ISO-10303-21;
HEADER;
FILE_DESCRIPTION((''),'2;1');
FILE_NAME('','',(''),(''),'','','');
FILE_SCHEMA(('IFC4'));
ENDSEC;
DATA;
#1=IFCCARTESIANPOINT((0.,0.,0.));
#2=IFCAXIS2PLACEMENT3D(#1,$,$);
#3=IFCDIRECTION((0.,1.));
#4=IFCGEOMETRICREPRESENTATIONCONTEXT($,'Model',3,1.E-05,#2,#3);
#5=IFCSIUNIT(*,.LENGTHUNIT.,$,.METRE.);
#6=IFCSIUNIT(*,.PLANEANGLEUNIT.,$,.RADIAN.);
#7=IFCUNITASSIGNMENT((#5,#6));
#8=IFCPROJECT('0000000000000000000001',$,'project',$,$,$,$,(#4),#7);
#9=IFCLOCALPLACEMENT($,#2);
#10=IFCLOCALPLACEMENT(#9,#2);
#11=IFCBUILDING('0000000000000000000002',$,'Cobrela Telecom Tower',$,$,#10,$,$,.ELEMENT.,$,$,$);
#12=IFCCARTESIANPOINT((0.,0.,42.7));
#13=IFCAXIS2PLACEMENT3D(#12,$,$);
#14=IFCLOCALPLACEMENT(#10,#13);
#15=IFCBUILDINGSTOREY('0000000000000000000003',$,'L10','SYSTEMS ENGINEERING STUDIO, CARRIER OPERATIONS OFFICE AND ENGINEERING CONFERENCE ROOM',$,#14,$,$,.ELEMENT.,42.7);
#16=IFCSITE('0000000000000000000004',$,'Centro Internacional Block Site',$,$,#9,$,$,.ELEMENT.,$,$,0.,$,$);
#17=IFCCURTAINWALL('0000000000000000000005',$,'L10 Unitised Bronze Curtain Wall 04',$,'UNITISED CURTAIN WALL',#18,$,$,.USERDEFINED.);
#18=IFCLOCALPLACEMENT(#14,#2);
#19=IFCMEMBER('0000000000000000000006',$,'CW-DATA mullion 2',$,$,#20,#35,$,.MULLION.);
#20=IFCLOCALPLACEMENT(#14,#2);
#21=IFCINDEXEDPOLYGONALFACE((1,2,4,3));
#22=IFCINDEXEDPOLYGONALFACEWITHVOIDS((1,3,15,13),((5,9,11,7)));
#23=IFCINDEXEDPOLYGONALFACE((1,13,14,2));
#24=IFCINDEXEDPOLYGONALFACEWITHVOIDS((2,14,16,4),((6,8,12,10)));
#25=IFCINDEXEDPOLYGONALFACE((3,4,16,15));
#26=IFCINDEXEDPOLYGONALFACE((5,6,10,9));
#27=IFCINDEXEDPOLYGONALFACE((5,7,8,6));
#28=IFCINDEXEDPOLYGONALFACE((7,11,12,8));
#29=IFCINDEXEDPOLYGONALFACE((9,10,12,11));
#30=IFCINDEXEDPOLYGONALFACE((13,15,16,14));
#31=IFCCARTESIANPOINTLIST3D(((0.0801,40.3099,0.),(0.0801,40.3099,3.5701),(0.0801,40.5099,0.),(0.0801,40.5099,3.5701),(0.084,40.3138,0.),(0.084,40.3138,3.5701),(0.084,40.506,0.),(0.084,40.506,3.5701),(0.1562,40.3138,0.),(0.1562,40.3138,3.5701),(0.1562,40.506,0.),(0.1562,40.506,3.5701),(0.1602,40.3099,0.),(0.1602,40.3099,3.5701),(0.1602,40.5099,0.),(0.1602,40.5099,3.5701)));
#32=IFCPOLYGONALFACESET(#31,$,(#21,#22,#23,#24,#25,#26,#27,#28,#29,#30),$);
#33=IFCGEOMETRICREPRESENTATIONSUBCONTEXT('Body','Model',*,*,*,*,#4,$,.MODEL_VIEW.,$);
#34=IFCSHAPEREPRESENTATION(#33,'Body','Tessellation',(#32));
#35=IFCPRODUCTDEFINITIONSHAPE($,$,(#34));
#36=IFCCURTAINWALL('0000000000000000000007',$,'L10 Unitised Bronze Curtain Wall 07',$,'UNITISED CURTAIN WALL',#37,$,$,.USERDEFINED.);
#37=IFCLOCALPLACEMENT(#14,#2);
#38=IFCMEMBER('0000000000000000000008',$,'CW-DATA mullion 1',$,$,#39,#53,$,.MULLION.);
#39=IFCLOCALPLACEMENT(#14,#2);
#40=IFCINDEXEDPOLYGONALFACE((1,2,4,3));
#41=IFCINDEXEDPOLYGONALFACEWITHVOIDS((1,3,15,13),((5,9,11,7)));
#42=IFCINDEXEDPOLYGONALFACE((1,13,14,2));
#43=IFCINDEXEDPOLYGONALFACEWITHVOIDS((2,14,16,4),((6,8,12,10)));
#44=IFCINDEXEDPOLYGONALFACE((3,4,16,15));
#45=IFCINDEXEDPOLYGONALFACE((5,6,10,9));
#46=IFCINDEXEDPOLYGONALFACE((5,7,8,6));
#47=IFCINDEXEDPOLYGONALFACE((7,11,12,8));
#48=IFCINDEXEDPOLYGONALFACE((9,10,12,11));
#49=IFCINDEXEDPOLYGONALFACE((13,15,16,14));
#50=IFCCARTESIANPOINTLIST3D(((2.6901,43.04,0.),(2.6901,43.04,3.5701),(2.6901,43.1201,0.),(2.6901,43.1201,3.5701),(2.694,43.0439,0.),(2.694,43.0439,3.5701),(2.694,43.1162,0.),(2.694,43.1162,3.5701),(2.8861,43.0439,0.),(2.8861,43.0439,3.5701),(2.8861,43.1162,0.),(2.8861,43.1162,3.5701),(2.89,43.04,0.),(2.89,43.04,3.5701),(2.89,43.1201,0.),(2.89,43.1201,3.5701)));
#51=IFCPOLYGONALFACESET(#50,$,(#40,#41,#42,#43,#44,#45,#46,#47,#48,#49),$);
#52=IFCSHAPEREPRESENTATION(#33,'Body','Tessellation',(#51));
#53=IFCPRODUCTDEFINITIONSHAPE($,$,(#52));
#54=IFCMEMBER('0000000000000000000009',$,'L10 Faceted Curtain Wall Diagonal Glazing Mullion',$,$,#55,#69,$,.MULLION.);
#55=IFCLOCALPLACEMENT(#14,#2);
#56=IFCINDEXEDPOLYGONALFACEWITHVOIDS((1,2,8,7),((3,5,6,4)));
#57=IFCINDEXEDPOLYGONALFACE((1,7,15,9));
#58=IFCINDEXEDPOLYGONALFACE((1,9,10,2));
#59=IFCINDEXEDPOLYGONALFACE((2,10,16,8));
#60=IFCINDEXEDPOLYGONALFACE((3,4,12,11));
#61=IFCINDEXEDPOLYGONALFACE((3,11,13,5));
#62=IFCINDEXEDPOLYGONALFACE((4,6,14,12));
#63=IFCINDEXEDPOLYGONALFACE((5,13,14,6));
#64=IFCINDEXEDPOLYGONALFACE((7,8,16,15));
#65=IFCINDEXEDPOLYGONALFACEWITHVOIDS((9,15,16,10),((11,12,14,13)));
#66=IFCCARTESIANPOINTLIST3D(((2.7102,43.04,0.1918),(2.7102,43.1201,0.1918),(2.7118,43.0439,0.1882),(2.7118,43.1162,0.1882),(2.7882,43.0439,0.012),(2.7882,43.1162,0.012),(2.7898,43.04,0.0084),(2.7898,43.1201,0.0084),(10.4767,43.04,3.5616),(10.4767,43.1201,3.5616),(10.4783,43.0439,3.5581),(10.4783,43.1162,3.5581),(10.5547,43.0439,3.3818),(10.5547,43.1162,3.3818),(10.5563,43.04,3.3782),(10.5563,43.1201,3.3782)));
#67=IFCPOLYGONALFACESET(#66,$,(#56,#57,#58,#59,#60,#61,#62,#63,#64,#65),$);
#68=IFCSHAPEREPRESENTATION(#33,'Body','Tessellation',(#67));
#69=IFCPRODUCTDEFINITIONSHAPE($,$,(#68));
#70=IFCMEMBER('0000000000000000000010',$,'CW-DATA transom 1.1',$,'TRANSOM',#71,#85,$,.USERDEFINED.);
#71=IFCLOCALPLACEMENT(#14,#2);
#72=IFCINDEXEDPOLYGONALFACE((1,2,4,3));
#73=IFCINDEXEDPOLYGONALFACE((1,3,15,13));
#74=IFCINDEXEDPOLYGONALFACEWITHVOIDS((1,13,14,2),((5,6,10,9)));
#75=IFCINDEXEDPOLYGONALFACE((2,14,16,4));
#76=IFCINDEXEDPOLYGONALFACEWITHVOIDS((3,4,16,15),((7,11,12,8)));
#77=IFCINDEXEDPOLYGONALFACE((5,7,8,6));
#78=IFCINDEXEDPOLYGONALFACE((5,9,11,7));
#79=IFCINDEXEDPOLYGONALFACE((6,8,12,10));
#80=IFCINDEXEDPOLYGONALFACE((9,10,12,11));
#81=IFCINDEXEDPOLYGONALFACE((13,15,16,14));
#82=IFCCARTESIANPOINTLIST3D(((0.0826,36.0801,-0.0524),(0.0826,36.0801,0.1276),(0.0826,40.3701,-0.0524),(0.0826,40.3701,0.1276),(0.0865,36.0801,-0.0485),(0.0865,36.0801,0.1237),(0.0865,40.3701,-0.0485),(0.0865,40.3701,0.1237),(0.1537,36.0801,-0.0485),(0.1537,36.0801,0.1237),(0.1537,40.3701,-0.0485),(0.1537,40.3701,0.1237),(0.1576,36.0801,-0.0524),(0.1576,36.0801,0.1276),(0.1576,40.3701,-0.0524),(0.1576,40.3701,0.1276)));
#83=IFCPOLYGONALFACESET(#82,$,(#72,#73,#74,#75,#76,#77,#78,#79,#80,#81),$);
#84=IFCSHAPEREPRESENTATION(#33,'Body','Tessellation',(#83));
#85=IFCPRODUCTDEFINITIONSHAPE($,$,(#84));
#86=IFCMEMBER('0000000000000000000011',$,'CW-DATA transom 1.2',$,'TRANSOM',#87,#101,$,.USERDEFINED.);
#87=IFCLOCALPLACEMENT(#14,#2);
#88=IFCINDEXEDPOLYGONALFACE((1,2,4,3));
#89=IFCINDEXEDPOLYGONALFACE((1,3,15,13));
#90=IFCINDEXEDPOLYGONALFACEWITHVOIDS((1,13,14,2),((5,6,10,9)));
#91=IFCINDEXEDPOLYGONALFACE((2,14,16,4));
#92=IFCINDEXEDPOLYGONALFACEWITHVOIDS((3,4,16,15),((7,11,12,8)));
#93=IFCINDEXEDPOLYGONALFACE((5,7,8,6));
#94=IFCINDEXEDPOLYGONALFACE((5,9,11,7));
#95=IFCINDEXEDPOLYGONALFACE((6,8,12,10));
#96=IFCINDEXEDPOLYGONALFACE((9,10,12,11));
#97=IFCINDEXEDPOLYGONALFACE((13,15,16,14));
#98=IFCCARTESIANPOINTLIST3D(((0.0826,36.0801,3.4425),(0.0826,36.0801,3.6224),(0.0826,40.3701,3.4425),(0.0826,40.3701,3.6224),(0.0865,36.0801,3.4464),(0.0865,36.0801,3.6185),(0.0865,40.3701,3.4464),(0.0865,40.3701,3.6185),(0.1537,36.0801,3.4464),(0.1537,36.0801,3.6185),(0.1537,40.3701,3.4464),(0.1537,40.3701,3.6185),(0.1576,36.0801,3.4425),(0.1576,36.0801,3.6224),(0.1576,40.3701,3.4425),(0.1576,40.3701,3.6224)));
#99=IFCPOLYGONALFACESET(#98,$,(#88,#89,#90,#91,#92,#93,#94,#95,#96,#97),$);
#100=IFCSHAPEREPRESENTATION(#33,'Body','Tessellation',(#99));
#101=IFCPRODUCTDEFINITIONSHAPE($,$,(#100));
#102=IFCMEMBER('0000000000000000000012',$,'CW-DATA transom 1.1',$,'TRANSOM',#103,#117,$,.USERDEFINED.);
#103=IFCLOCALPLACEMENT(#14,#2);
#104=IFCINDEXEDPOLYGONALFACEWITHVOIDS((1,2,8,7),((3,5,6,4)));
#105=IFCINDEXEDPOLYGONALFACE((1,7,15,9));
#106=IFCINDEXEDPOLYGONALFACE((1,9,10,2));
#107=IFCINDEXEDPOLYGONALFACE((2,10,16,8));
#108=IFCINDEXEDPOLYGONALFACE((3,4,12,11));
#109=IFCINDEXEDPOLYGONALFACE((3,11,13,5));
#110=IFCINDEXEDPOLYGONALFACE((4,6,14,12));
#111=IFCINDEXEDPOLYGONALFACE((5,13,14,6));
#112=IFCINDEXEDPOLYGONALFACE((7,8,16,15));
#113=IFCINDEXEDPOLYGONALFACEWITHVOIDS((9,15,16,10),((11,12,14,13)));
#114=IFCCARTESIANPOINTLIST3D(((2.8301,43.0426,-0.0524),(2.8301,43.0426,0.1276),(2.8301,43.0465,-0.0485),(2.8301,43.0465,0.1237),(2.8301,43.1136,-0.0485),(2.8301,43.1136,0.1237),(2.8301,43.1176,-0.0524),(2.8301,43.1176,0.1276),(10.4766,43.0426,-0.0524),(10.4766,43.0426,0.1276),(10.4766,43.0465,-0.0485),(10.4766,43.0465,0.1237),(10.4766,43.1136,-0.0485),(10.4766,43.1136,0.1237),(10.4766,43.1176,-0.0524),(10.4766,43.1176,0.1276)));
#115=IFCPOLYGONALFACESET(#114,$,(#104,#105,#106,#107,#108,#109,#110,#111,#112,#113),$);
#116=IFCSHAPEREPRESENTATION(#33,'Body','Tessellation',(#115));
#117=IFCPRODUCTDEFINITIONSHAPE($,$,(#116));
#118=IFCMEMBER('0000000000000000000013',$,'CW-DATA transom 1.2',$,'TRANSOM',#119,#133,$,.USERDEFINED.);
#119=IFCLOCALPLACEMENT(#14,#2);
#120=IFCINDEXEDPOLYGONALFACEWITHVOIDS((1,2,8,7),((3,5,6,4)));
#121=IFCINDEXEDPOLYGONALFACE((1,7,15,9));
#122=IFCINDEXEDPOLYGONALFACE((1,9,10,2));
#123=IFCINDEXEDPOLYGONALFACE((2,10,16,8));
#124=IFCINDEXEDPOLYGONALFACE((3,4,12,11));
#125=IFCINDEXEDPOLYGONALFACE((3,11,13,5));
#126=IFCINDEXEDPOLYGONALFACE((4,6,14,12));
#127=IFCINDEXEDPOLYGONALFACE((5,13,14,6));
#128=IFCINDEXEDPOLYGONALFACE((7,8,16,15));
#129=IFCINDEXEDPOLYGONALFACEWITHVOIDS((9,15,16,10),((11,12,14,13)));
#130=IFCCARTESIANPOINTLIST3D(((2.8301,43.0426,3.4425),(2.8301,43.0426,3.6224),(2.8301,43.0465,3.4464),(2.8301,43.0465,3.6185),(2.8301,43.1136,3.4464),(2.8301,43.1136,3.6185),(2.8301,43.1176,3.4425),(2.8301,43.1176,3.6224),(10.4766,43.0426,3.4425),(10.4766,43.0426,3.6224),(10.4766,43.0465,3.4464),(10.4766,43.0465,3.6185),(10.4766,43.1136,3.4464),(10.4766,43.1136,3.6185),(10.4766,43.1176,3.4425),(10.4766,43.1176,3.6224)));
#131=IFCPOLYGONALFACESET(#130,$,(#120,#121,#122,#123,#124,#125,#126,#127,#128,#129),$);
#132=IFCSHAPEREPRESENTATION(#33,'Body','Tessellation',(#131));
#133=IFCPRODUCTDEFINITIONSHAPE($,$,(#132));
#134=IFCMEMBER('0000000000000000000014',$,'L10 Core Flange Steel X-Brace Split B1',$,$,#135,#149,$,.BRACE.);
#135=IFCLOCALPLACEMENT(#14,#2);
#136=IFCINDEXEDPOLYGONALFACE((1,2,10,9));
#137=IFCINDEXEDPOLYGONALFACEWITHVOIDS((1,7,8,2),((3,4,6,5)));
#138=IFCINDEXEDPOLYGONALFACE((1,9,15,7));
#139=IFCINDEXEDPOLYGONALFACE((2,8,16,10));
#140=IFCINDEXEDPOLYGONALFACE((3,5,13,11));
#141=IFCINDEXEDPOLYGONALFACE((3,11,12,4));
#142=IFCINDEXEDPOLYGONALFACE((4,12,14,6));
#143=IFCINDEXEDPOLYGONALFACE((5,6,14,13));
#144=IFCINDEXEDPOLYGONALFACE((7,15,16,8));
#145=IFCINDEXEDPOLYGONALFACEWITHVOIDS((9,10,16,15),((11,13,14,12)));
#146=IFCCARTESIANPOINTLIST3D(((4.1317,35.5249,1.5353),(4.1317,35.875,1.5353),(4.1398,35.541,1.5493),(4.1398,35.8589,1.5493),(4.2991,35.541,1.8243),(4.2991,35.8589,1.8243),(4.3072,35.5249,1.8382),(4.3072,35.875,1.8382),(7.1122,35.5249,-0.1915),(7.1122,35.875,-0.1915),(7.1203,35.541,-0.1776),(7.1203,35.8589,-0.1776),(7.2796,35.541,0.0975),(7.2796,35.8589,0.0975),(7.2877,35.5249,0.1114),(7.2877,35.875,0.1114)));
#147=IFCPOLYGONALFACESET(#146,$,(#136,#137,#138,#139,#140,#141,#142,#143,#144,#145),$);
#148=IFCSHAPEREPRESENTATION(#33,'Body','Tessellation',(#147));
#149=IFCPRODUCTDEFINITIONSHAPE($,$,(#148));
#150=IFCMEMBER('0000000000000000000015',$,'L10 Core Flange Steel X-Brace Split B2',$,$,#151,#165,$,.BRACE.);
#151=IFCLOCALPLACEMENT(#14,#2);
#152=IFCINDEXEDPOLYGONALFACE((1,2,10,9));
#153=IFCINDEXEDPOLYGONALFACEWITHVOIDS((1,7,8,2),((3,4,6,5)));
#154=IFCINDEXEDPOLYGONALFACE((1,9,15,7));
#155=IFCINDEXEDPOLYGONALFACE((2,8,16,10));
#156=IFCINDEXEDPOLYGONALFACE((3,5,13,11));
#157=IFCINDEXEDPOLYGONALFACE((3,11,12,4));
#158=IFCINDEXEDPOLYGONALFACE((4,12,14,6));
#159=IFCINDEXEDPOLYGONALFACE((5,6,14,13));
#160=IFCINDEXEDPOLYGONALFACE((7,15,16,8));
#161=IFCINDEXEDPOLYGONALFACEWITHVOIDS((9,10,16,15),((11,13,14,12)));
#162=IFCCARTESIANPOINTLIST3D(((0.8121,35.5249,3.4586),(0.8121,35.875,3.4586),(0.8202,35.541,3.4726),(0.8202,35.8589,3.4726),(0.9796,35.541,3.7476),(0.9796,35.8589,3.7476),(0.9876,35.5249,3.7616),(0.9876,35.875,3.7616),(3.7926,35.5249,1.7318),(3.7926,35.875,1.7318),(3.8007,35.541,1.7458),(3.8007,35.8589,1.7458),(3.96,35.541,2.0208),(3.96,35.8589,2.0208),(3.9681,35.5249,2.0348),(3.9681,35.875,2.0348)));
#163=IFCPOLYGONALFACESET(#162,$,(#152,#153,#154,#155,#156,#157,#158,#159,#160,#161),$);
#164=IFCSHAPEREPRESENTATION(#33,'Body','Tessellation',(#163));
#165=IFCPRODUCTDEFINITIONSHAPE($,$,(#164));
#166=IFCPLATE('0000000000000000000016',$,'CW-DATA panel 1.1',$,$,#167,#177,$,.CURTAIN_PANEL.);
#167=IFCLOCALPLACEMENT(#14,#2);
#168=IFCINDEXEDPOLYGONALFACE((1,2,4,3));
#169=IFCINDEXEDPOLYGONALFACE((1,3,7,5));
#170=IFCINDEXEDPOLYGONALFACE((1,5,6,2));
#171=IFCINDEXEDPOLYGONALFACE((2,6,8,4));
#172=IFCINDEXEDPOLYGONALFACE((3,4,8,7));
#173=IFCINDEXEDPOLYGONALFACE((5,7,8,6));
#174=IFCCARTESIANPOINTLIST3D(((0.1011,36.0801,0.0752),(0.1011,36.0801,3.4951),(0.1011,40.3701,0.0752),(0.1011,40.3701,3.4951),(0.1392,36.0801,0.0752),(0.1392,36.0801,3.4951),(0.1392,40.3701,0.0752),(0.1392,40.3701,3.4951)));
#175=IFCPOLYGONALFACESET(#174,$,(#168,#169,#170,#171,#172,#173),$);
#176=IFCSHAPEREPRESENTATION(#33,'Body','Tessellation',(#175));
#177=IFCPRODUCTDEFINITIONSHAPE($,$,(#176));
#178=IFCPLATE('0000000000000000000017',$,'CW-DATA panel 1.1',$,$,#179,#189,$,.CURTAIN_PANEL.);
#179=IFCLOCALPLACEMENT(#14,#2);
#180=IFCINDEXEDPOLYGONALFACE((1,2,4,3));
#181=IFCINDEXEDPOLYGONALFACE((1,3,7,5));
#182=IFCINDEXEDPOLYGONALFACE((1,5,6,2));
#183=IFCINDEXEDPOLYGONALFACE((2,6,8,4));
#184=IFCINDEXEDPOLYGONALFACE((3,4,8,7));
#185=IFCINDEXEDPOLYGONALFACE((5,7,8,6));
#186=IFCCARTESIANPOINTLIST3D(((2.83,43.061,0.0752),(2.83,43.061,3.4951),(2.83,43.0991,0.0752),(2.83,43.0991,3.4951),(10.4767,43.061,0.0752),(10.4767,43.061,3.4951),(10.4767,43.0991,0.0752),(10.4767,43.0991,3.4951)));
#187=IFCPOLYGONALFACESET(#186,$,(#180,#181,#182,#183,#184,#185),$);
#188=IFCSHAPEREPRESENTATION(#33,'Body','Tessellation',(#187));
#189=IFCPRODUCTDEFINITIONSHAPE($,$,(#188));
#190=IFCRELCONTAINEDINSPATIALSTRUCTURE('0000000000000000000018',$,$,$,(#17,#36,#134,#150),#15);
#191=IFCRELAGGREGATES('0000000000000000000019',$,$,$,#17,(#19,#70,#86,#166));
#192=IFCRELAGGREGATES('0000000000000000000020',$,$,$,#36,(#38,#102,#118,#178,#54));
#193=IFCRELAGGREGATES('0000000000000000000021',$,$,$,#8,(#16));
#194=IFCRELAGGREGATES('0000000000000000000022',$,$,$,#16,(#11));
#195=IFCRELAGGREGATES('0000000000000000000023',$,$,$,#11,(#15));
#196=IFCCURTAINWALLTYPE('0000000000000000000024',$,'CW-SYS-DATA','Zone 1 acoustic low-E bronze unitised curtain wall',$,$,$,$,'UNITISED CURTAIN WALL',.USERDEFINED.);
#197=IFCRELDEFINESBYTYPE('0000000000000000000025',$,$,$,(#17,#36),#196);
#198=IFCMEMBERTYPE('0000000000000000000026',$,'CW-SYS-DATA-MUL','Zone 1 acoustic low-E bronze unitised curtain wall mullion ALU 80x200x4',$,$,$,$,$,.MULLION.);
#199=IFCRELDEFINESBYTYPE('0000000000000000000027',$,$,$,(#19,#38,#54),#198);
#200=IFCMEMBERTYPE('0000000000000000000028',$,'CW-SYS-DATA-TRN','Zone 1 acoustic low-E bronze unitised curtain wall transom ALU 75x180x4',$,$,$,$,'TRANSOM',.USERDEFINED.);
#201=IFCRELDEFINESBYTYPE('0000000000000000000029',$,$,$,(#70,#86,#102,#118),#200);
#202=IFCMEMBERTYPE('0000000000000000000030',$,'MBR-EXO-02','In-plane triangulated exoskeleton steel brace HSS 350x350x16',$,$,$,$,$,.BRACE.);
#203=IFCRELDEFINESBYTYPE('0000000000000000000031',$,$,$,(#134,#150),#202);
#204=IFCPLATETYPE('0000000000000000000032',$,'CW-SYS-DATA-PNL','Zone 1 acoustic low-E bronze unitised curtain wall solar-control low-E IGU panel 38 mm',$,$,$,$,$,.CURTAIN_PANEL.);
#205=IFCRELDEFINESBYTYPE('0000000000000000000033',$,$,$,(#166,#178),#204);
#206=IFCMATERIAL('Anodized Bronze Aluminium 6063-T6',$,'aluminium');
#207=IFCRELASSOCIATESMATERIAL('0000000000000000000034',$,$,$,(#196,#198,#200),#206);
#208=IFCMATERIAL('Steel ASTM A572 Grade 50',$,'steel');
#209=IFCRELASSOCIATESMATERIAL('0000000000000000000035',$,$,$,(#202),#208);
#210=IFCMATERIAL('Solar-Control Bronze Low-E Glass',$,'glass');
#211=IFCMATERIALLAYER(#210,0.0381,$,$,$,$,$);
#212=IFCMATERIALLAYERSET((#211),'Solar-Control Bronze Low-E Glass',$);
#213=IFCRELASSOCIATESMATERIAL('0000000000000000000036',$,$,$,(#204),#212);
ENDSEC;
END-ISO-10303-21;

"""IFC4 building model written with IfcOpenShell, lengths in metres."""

from ifc_helpers import new_model, si_unit, direction, frame, origin, origin_2d, place, context, subcontext, project, spatial, rectangle, hollow_rectangle, extrude, material, layer, layer_set, material_profile, profile_set, type_object, element, aggregate, save


model = new_model("IFC4")

# Units and contexts
model_context = context("Model", 3, precision=1e-05, world=origin(), true_north=direction((0.0, 1.0)))
body_context = subcontext(model_context, "Body", "Model", "MODEL_VIEW")
ifc_project = project(units=[si_unit("LENGTHUNIT", "METRE"), si_unit("PLANEANGLEUNIT", "RADIAN")], contexts=[model_context])

# Site, building, storey
site_placement = place(None, origin())
site = spatial("IfcSite", under=ifc_project, at=site_placement, Name="Centro Internacional Block Site", CompositionType="ELEMENT", RefElevation=0.0)
building_placement = place(site_placement, origin())
building = spatial("IfcBuilding", under=site, at=building_placement, Name="Cobrela Telecom Tower", CompositionType="ELEMENT")
storey_placement = place(building_placement, frame((0.0, 0.0, 42.7)))
storey = spatial("IfcBuildingStorey", under=building, at=storey_placement, Name="L10", Description="SYSTEMS ENGINEERING STUDIO, CARRIER OPERATIONS OFFICE AND ENGINEERING CONFERENCE ROOM", CompositionType="ELEMENT", Elevation=42.7)

# Shared definitions
ifc_material_1 = material(Name="Steel ASTM A572 Grade 50", Category="steel")

# Curtain walls, members
ifc_material_2 = material(Name="Anodized Bronze Aluminium 6063-T6", Category="aluminium")
curtain_wall_type = type_object("IfcCurtainWallType", Name="CW-SYS-DATA", Description="Zone 1 acoustic low-E bronze unitised curtain wall", ElementType="UNITISED CURTAIN WALL", PredefinedType="USERDEFINED", material=ifc_material_2)
curtain_wall_1_placement = place(storey_placement, origin())
curtain_wall_1 = element("IfcCurtainWall", 1, at=curtain_wall_1_placement, inside=storey, type_object=curtain_wall_type, Name="L10 Unitised Bronze Curtain Wall 04", ObjectType="UNITISED CURTAIN WALL", PredefinedType="USERDEFINED")
ifc_material_profile_1 = material_profile(ifc_material_2, hollow_rectangle(XDim=0.0801, YDim=0.2, WallThickness=0.0039, at=origin_2d()), Name="ALU 80x200x4")
ifc_profile_set_1 = profile_set([ifc_material_profile_1], Name="Anodized Bronze Aluminium 6063-T6")
member_type_1 = type_object("IfcMemberType", Name="CW-SYS-DATA-MUL", Description="Zone 1 acoustic low-E bronze unitised curtain wall mullion ALU 80x200x4", PredefinedType="MULLION", material=ifc_profile_set_1)
member_1_placement = place(storey_placement, frame((0.1201, 40.4099, 0.0), z_axis=(0.0, 0.0, 1.0), x_axis=(-1.0, 0.0, 0.0)))
member_1 = element("IfcMember", 2, at=member_1_placement, type_object=member_type_1, Name="CW-DATA mullion 2", PredefinedType="MULLION", context=body_context, shape_type="SweptSolid", body=[
    extrude(hollow_rectangle(XDim=0.0801, YDim=0.2, WallThickness=0.0039, at=origin_2d()), origin(), (0.0, 0.0, 1.0), 3.5701),
])
curtain_wall_2_placement = place(storey_placement, origin())
curtain_wall_2 = element("IfcCurtainWall", 3, at=curtain_wall_2_placement, inside=storey, type_object=curtain_wall_type, Name="L10 Unitised Bronze Curtain Wall 07", ObjectType="UNITISED CURTAIN WALL", PredefinedType="USERDEFINED")
member_2_placement = place(storey_placement, frame((2.79, 43.0801, 0.0), z_axis=(0.0, 0.0, 1.0), x_axis=(0.0, 1.0, 0.0)))
member_2 = element("IfcMember", 4, at=member_2_placement, type_object=member_type_1, Name="CW-DATA mullion 1", PredefinedType="MULLION", context=body_context, shape_type="SweptSolid", body=[
    extrude(hollow_rectangle(XDim=0.0801, YDim=0.2, WallThickness=0.0039, at=origin_2d()), origin(), (0.0, 0.0, 1.0), 3.5701),
])
member_3_placement = place(storey_placement, frame((2.75, 43.0801, 0.1001), z_axis=(0.917368, 0.0, 0.39804), x_axis=(0.0, 1.0, 0.0)))
member_3 = element("IfcMember", 5, at=member_3_placement, type_object=member_type_1, Name="L10 Faceted Curtain Wall Diagonal Glazing Mullion", PredefinedType="MULLION", context=body_context, shape_type="SweptSolid", body=[
    extrude(hollow_rectangle(XDim=0.0801, YDim=0.2, WallThickness=0.0039, at=origin_2d()), origin(), (0.0, 0.0, 1.0), 8.4661),
])

# Members
ifc_material_profile_2 = material_profile(ifc_material_2, hollow_rectangle(XDim=0.075, YDim=0.1799, WallThickness=0.0039, at=origin_2d()), Name="ALU 75x180x4")
ifc_profile_set_2 = profile_set([ifc_material_profile_2], Name="Anodized Bronze Aluminium 6063-T6")
member_type_2 = type_object("IfcMemberType", Name="CW-SYS-DATA-TRN", Description="Zone 1 acoustic low-E bronze unitised curtain wall transom ALU 75x180x4", ElementType="TRANSOM", PredefinedType="USERDEFINED", material=ifc_profile_set_2)
member_4_placement = place(storey_placement, frame((0.1201, 36.0801, 0.0376), z_axis=(0.0, 1.0, 0.0), x_axis=(-1.0, 0.0, 0.0)))
member_4 = element("IfcMember", 6, at=member_4_placement, type_object=member_type_2, Name="CW-DATA transom 1.1", ObjectType="TRANSOM", PredefinedType="USERDEFINED", context=body_context, shape_type="SweptSolid", body=[
    extrude(hollow_rectangle(XDim=0.075, YDim=0.1799, WallThickness=0.0039, at=origin_2d()), origin(), (0.0, 0.0, 1.0), 4.29),
])
member_5_placement = place(storey_placement, frame((0.1201, 36.0801, 3.5325), z_axis=(0.0, 1.0, 0.0), x_axis=(-1.0, 0.0, 0.0)))
member_5 = element("IfcMember", 7, at=member_5_placement, type_object=member_type_2, Name="CW-DATA transom 1.2", ObjectType="TRANSOM", PredefinedType="USERDEFINED", context=body_context, shape_type="SweptSolid", body=[
    extrude(hollow_rectangle(XDim=0.075, YDim=0.1799, WallThickness=0.0039, at=origin_2d()), origin(), (0.0, 0.0, 1.0), 4.29),
])
member_6_placement = place(storey_placement, frame((2.8301, 43.0801, 0.0376), z_axis=(1.0, 0.0, 0.0), x_axis=(0.0, 1.0, 0.0)))
member_6 = element("IfcMember", 8, at=member_6_placement, type_object=member_type_2, Name="CW-DATA transom 1.1", ObjectType="TRANSOM", PredefinedType="USERDEFINED", context=body_context, shape_type="SweptSolid", body=[
    extrude(hollow_rectangle(XDim=0.075, YDim=0.1799, WallThickness=0.0039, at=origin_2d()), origin(), (0.0, 0.0, 1.0), 7.6465),
])
member_7_placement = place(storey_placement, frame((2.8301, 43.0801, 3.5325), z_axis=(1.0, 0.0, 0.0), x_axis=(0.0, 1.0, 0.0)))
member_7 = element("IfcMember", 9, at=member_7_placement, type_object=member_type_2, Name="CW-DATA transom 1.2", ObjectType="TRANSOM", PredefinedType="USERDEFINED", context=body_context, shape_type="SweptSolid", body=[
    extrude(hollow_rectangle(XDim=0.075, YDim=0.1799, WallThickness=0.0039, at=origin_2d()), origin(), (0.0, 0.0, 1.0), 7.6465),
])

# Members
ifc_material_profile_3 = material_profile(ifc_material_1, hollow_rectangle(XDim=0.3501, YDim=0.3501, WallThickness=0.0161, at=origin_2d()), Name="HSS 350x350x16")
ifc_profile_set_3 = profile_set([ifc_material_profile_3], Name="Steel ASTM A572 Grade 50")
member_type_3 = type_object("IfcMemberType", Name="MBR-EXO-02", Description="In-plane triangulated exoskeleton steel brace HSS 350x350x16", PredefinedType="BRACE", material=ifc_profile_set_3)
for number, where, z_axis, x_axis, name in (
    (10, (7.2, 35.7, -0.04), (-0.865266, 0.0, 0.501313), (0.0, -1.0, 0.0), "L10 Core Flange Steel X-Brace Split B1"),
    (11, (3.8804, 35.7, 1.8833), (-0.865266, 0.0, 0.501313), (0.0, -1.0, 0.0), "L10 Core Flange Steel X-Brace Split B2"),
):
    element("IfcMember", number, at=place(storey_placement, frame(where, z_axis=z_axis, x_axis=x_axis)), inside=storey, type_object=member_type_3, Name=name, PredefinedType="BRACE", context=body_context, shape_type="SweptSolid", body=[
        extrude(hollow_rectangle(XDim=0.3501, YDim=0.3501, WallThickness=0.0161, at=origin_2d()), origin(), (0.0, 0.0, 1.0), 3.4446),
    ])

# Plates
ifc_material_3 = material(Name="Solar-Control Bronze Low-E Glass", Category="glass")
ifc_layer_1 = layer(ifc_material_3, 0.0381)
ifc_layer_set_1 = layer_set([ifc_layer_1], Name="Solar-Control Bronze Low-E Glass")
plate_type_1 = type_object("IfcPlateType", Name="CW-SYS-DATA-PNL", Description="Zone 1 acoustic low-E bronze unitised curtain wall solar-control low-E IGU panel 38 mm", PredefinedType="CURTAIN_PANEL", material=ifc_layer_set_1)
plate_1_placement = place(storey_placement, frame((0.1201, 38.2251, 0.0752), z_axis=(0.0, 0.0, 1.0), x_axis=(0.0, 1.0, 0.0)))
plate_1 = element("IfcPlate", 12, at=plate_1_placement, type_object=plate_type_1, Name="CW-DATA panel 1.1", PredefinedType="CURTAIN_PANEL", context=body_context, shape_type="SweptSolid", body=[
    extrude(rectangle(XDim=4.29, YDim=0.0381, at=origin_2d()), origin(), (0.0, 0.0, 1.0), 3.4199),
])
aggregate(curtain_wall_1, [member_1, member_4, member_5, plate_1])
plate_2_placement = place(storey_placement, frame((6.6533, 43.0801, 0.0752), z_axis=(0.0, 0.0, 1.0), x_axis=(1.0, 0.0, 0.0)))
plate_2 = element("IfcPlate", 13, at=plate_2_placement, type_object=plate_type_1, Name="CW-DATA panel 1.1", PredefinedType="CURTAIN_PANEL", context=body_context, shape_type="SweptSolid", body=[
    extrude(rectangle(XDim=7.6467, YDim=0.0381, at=origin_2d()), origin(), (0.0, 0.0, 1.0), 3.4199),
])
aggregate(curtain_wall_2, [member_2, member_6, member_7, plate_2, member_3])

save(model, "model.ifc")
